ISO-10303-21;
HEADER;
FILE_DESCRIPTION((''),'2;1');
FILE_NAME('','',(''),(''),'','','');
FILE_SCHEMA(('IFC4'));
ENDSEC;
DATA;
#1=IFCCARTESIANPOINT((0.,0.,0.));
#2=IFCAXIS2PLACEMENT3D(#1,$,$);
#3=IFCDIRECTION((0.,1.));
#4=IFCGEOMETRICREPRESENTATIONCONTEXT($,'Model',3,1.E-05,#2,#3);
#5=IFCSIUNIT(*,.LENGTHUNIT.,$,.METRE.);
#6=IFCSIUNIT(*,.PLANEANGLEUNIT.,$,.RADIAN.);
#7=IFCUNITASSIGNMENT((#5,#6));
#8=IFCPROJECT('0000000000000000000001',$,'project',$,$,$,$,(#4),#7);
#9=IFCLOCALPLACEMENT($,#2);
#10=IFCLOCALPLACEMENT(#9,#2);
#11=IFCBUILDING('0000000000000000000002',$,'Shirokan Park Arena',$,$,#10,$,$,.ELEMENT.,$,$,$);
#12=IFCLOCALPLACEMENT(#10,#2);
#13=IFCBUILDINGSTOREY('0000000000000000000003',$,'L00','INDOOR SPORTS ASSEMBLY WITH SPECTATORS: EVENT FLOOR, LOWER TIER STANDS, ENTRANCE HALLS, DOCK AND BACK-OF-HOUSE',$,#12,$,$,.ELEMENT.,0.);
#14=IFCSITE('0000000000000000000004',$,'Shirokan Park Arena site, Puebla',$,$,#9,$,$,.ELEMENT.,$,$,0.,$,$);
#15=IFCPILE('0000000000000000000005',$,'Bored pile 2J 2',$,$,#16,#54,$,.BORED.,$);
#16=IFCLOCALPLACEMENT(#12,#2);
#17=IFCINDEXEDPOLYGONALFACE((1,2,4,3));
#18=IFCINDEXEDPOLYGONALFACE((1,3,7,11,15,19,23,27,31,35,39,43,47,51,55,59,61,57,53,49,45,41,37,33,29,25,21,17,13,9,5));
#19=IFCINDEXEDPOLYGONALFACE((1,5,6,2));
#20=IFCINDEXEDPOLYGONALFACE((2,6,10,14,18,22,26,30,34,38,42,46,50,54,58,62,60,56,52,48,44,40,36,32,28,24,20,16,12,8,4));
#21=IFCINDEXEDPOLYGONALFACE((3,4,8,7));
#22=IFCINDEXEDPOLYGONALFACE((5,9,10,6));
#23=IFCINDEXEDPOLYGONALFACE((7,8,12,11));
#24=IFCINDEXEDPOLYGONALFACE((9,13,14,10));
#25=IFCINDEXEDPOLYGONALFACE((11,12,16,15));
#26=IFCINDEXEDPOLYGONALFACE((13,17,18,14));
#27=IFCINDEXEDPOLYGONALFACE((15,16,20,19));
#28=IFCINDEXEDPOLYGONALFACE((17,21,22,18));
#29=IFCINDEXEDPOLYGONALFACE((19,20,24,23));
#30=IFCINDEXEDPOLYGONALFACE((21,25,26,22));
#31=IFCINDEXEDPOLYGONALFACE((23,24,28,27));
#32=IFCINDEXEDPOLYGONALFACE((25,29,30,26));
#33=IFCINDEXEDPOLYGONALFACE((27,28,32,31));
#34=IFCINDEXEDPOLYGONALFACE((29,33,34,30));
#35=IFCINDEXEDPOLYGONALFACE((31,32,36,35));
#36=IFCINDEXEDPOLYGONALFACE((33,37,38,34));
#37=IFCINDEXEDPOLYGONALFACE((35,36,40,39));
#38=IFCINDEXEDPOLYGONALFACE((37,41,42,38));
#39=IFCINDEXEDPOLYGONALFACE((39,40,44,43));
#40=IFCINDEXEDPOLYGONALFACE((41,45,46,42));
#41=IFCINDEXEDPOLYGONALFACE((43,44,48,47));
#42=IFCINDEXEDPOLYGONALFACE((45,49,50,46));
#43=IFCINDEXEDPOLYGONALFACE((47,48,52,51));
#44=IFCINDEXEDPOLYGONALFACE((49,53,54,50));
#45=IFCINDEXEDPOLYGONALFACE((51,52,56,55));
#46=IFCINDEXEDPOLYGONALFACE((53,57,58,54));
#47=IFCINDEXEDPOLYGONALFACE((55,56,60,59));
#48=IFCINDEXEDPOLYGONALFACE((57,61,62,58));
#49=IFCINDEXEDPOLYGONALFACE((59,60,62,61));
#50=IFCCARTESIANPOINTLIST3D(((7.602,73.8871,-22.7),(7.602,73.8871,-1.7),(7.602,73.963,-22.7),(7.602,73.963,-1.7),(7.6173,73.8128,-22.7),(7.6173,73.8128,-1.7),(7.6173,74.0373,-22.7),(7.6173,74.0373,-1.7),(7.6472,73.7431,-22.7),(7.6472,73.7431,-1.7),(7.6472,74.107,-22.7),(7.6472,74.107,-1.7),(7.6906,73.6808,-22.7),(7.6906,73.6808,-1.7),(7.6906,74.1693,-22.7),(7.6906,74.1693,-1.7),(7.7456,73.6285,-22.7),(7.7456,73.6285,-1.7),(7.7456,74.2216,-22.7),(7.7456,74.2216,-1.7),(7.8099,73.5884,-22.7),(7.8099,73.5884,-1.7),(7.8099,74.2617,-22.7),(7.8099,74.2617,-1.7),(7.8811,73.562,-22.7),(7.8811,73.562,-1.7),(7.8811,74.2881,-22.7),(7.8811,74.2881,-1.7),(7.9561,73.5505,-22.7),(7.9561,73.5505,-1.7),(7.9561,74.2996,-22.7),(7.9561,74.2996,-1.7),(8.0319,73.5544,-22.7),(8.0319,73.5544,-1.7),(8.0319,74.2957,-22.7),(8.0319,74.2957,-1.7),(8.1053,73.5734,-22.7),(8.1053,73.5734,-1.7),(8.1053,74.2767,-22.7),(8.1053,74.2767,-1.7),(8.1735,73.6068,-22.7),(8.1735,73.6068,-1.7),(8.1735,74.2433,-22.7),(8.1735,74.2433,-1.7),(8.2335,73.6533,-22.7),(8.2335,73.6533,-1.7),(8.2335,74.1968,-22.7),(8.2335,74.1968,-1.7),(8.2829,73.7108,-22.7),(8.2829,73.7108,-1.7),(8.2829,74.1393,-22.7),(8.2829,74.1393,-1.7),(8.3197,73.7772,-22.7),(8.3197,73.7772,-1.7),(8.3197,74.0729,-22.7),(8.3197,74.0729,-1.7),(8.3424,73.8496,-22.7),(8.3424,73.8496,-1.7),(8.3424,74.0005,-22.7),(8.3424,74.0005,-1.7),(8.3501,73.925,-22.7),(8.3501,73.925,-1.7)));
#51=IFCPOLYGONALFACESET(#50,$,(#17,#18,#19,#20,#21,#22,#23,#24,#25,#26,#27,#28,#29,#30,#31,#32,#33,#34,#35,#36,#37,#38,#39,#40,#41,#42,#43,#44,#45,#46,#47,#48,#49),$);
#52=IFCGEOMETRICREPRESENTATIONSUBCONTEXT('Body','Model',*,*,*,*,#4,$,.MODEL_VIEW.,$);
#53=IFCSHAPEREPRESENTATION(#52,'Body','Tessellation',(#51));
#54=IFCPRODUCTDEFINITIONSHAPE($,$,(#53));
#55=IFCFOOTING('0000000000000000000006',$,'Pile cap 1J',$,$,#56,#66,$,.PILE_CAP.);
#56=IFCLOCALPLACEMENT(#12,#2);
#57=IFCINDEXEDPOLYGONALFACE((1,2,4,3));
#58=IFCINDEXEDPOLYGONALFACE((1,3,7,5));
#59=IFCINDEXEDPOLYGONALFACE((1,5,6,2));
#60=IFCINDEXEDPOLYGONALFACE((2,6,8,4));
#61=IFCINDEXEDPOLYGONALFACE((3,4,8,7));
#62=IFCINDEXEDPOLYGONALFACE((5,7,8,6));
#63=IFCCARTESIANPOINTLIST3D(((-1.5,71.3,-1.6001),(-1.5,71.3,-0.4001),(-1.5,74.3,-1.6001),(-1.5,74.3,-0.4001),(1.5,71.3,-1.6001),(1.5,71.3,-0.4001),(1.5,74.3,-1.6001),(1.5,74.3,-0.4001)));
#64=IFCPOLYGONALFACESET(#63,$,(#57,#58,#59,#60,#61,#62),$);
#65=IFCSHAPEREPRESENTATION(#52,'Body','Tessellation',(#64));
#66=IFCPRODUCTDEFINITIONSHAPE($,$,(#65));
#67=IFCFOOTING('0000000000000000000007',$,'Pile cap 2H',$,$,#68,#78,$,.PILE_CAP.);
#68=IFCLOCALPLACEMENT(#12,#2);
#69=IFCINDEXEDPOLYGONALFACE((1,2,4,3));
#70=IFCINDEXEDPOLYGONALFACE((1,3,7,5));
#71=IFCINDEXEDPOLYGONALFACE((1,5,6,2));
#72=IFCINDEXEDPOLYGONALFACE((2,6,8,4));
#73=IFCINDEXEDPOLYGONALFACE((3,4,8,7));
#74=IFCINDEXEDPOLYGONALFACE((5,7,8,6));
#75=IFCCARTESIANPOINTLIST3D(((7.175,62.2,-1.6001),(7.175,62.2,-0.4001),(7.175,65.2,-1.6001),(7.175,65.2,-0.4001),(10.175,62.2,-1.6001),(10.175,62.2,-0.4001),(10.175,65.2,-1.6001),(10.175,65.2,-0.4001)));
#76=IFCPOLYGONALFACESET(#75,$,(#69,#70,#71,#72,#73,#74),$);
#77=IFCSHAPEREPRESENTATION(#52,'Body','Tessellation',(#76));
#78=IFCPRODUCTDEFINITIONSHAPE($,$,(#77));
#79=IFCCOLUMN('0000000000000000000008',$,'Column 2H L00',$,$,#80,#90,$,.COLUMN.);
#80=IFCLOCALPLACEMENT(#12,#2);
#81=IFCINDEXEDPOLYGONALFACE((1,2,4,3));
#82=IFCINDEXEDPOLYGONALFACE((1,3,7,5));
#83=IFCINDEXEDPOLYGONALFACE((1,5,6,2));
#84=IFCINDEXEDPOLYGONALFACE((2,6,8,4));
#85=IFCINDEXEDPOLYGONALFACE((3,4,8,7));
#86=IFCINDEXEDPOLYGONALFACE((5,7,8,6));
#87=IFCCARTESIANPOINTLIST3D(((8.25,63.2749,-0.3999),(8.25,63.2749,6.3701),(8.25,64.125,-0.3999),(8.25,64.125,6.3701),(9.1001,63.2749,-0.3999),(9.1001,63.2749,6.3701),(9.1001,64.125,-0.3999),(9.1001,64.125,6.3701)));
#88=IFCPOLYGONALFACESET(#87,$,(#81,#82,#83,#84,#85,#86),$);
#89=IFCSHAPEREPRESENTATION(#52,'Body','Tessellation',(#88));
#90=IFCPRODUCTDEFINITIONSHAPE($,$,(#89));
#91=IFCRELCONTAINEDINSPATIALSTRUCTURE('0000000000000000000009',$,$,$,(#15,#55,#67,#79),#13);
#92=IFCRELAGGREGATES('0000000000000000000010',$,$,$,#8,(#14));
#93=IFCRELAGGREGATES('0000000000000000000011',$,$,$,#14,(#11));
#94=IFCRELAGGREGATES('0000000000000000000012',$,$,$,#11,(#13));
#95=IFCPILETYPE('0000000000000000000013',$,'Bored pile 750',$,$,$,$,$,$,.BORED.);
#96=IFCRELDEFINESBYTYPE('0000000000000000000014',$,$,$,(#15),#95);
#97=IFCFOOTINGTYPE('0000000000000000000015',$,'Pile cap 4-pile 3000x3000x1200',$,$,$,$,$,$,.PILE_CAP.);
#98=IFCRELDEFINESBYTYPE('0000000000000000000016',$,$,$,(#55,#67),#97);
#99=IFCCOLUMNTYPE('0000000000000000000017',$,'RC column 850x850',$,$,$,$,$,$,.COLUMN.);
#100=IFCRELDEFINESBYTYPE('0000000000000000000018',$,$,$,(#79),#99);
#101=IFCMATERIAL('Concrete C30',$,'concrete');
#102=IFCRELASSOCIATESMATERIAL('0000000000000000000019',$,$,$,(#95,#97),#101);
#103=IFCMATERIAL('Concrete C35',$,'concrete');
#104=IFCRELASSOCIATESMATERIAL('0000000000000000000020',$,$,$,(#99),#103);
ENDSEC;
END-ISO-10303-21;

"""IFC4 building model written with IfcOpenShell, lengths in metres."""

from ifc_helpers import new_model, si_unit, direction, frame, origin, origin_2d, place, context, subcontext, project, spatial, rectangle, circle, extrude, material, material_profile, profile_set, type_object, element, save


model = new_model("IFC4")

# Units and contexts
model_context = context("Model", 3, precision=1e-05, world=origin(), true_north=direction((0.0, 1.0)))
body_context = subcontext(model_context, "Body", "Model", "MODEL_VIEW")
ifc_project = project(units=[si_unit("LENGTHUNIT", "METRE"), si_unit("PLANEANGLEUNIT", "RADIAN")], contexts=[model_context])

# Site, building, storey
site_placement = place(None, origin())
site = spatial("IfcSite", under=ifc_project, at=site_placement, Name="Shirokan Park Arena site, Puebla", CompositionType="ELEMENT", RefElevation=0.0)
building_placement = place(site_placement, origin())
building = spatial("IfcBuilding", under=site, at=building_placement, Name="Shirokan Park Arena", CompositionType="ELEMENT")
storey_placement = place(building_placement, origin())
storey = spatial("IfcBuildingStorey", under=building, at=storey_placement, Name="L00", Description="INDOOR SPORTS ASSEMBLY WITH SPECTATORS: EVENT FLOOR, LOWER TIER STANDS, ENTRANCE HALLS, DOCK AND BACK-OF-HOUSE", CompositionType="ELEMENT", Elevation=0.0)

# Pile
ifc_material_1 = material(Name="Concrete C30", Category="concrete")
ifc_material_profile_1 = material_profile(ifc_material_1, circle(Radius=0.375, at=origin_2d()), Name="D750")
ifc_profile_set_1 = profile_set([ifc_material_profile_1], Name="Concrete C30")
pile_type_1 = type_object("IfcPileType", Name="Bored pile 750", PredefinedType="BORED", material=ifc_profile_set_1)
for number, where, z_axis, x_axis, name in (
    (1, (7.9751, 73.925, -1.7), (0.0, 0.0, -1.0), (1.0, 0.0, 0.0), "Bored pile 2J 2"),
):
    element("IfcPile", number, at=place(storey_placement, frame(where, z_axis=z_axis, x_axis=x_axis)), inside=storey, type_object=pile_type_1, Name=name, PredefinedType="BORED", context=body_context, shape_type="SweptSolid", body=[
        extrude(circle(Radius=0.375, at=origin_2d()), origin(), (0.0, 0.0, 1.0), 21.0),
    ])

# Footings
footing_type = type_object("IfcFootingType", Name="Pile cap 4-pile 3000x3000x1200", PredefinedType="PILE_CAP", material=ifc_material_1)
for number, where, z_axis, x_axis, name in (
    (2, (0.0, 72.8, -1.6001), (0.0, 0.0, 1.0), (1.0, 0.0, 0.0), "Pile cap 1J"),
    (3, (8.675, 63.7, -1.6001), (0.0, 0.0, 1.0), (1.0, 0.0, 0.0), "Pile cap 2H"),
):
    element("IfcFooting", number, at=place(storey_placement, frame(where, z_axis=z_axis, x_axis=x_axis)), inside=storey, type_object=footing_type, Name=name, PredefinedType="PILE_CAP", context=body_context, shape_type="SweptSolid", body=[
        extrude(rectangle(XDim=3.0, YDim=3.0, at=origin_2d()), origin(), (0.0, 0.0, 1.0), 1.2),
    ])

# Column
ifc_material_2 = material(Name="Concrete C35", Category="concrete")
ifc_material_profile_2 = material_profile(ifc_material_2, rectangle(XDim=0.8501, YDim=0.8501, at=origin_2d()), Name="850x850")
ifc_profile_set_2 = profile_set([ifc_material_profile_2], Name="Concrete C35")
column_type = type_object("IfcColumnType", Name="RC column 850x850", PredefinedType="COLUMN", material=ifc_profile_set_2)
column_placement = place(storey_placement, frame((8.675, 63.7, -0.3999), z_axis=(0.0, 0.0, 1.0), x_axis=(1.0, 0.0, 0.0)))
element("IfcColumn", 4, at=column_placement, inside=storey, type_object=column_type, Name="Column 2H L00", PredefinedType="COLUMN", context=body_context, shape_type="SweptSolid", body=[
    extrude(rectangle(XDim=0.8501, YDim=0.8501, at=origin_2d()), origin(), (0.0, 0.0, 1.0), 6.77),
])

save(model, "model.ifc")
